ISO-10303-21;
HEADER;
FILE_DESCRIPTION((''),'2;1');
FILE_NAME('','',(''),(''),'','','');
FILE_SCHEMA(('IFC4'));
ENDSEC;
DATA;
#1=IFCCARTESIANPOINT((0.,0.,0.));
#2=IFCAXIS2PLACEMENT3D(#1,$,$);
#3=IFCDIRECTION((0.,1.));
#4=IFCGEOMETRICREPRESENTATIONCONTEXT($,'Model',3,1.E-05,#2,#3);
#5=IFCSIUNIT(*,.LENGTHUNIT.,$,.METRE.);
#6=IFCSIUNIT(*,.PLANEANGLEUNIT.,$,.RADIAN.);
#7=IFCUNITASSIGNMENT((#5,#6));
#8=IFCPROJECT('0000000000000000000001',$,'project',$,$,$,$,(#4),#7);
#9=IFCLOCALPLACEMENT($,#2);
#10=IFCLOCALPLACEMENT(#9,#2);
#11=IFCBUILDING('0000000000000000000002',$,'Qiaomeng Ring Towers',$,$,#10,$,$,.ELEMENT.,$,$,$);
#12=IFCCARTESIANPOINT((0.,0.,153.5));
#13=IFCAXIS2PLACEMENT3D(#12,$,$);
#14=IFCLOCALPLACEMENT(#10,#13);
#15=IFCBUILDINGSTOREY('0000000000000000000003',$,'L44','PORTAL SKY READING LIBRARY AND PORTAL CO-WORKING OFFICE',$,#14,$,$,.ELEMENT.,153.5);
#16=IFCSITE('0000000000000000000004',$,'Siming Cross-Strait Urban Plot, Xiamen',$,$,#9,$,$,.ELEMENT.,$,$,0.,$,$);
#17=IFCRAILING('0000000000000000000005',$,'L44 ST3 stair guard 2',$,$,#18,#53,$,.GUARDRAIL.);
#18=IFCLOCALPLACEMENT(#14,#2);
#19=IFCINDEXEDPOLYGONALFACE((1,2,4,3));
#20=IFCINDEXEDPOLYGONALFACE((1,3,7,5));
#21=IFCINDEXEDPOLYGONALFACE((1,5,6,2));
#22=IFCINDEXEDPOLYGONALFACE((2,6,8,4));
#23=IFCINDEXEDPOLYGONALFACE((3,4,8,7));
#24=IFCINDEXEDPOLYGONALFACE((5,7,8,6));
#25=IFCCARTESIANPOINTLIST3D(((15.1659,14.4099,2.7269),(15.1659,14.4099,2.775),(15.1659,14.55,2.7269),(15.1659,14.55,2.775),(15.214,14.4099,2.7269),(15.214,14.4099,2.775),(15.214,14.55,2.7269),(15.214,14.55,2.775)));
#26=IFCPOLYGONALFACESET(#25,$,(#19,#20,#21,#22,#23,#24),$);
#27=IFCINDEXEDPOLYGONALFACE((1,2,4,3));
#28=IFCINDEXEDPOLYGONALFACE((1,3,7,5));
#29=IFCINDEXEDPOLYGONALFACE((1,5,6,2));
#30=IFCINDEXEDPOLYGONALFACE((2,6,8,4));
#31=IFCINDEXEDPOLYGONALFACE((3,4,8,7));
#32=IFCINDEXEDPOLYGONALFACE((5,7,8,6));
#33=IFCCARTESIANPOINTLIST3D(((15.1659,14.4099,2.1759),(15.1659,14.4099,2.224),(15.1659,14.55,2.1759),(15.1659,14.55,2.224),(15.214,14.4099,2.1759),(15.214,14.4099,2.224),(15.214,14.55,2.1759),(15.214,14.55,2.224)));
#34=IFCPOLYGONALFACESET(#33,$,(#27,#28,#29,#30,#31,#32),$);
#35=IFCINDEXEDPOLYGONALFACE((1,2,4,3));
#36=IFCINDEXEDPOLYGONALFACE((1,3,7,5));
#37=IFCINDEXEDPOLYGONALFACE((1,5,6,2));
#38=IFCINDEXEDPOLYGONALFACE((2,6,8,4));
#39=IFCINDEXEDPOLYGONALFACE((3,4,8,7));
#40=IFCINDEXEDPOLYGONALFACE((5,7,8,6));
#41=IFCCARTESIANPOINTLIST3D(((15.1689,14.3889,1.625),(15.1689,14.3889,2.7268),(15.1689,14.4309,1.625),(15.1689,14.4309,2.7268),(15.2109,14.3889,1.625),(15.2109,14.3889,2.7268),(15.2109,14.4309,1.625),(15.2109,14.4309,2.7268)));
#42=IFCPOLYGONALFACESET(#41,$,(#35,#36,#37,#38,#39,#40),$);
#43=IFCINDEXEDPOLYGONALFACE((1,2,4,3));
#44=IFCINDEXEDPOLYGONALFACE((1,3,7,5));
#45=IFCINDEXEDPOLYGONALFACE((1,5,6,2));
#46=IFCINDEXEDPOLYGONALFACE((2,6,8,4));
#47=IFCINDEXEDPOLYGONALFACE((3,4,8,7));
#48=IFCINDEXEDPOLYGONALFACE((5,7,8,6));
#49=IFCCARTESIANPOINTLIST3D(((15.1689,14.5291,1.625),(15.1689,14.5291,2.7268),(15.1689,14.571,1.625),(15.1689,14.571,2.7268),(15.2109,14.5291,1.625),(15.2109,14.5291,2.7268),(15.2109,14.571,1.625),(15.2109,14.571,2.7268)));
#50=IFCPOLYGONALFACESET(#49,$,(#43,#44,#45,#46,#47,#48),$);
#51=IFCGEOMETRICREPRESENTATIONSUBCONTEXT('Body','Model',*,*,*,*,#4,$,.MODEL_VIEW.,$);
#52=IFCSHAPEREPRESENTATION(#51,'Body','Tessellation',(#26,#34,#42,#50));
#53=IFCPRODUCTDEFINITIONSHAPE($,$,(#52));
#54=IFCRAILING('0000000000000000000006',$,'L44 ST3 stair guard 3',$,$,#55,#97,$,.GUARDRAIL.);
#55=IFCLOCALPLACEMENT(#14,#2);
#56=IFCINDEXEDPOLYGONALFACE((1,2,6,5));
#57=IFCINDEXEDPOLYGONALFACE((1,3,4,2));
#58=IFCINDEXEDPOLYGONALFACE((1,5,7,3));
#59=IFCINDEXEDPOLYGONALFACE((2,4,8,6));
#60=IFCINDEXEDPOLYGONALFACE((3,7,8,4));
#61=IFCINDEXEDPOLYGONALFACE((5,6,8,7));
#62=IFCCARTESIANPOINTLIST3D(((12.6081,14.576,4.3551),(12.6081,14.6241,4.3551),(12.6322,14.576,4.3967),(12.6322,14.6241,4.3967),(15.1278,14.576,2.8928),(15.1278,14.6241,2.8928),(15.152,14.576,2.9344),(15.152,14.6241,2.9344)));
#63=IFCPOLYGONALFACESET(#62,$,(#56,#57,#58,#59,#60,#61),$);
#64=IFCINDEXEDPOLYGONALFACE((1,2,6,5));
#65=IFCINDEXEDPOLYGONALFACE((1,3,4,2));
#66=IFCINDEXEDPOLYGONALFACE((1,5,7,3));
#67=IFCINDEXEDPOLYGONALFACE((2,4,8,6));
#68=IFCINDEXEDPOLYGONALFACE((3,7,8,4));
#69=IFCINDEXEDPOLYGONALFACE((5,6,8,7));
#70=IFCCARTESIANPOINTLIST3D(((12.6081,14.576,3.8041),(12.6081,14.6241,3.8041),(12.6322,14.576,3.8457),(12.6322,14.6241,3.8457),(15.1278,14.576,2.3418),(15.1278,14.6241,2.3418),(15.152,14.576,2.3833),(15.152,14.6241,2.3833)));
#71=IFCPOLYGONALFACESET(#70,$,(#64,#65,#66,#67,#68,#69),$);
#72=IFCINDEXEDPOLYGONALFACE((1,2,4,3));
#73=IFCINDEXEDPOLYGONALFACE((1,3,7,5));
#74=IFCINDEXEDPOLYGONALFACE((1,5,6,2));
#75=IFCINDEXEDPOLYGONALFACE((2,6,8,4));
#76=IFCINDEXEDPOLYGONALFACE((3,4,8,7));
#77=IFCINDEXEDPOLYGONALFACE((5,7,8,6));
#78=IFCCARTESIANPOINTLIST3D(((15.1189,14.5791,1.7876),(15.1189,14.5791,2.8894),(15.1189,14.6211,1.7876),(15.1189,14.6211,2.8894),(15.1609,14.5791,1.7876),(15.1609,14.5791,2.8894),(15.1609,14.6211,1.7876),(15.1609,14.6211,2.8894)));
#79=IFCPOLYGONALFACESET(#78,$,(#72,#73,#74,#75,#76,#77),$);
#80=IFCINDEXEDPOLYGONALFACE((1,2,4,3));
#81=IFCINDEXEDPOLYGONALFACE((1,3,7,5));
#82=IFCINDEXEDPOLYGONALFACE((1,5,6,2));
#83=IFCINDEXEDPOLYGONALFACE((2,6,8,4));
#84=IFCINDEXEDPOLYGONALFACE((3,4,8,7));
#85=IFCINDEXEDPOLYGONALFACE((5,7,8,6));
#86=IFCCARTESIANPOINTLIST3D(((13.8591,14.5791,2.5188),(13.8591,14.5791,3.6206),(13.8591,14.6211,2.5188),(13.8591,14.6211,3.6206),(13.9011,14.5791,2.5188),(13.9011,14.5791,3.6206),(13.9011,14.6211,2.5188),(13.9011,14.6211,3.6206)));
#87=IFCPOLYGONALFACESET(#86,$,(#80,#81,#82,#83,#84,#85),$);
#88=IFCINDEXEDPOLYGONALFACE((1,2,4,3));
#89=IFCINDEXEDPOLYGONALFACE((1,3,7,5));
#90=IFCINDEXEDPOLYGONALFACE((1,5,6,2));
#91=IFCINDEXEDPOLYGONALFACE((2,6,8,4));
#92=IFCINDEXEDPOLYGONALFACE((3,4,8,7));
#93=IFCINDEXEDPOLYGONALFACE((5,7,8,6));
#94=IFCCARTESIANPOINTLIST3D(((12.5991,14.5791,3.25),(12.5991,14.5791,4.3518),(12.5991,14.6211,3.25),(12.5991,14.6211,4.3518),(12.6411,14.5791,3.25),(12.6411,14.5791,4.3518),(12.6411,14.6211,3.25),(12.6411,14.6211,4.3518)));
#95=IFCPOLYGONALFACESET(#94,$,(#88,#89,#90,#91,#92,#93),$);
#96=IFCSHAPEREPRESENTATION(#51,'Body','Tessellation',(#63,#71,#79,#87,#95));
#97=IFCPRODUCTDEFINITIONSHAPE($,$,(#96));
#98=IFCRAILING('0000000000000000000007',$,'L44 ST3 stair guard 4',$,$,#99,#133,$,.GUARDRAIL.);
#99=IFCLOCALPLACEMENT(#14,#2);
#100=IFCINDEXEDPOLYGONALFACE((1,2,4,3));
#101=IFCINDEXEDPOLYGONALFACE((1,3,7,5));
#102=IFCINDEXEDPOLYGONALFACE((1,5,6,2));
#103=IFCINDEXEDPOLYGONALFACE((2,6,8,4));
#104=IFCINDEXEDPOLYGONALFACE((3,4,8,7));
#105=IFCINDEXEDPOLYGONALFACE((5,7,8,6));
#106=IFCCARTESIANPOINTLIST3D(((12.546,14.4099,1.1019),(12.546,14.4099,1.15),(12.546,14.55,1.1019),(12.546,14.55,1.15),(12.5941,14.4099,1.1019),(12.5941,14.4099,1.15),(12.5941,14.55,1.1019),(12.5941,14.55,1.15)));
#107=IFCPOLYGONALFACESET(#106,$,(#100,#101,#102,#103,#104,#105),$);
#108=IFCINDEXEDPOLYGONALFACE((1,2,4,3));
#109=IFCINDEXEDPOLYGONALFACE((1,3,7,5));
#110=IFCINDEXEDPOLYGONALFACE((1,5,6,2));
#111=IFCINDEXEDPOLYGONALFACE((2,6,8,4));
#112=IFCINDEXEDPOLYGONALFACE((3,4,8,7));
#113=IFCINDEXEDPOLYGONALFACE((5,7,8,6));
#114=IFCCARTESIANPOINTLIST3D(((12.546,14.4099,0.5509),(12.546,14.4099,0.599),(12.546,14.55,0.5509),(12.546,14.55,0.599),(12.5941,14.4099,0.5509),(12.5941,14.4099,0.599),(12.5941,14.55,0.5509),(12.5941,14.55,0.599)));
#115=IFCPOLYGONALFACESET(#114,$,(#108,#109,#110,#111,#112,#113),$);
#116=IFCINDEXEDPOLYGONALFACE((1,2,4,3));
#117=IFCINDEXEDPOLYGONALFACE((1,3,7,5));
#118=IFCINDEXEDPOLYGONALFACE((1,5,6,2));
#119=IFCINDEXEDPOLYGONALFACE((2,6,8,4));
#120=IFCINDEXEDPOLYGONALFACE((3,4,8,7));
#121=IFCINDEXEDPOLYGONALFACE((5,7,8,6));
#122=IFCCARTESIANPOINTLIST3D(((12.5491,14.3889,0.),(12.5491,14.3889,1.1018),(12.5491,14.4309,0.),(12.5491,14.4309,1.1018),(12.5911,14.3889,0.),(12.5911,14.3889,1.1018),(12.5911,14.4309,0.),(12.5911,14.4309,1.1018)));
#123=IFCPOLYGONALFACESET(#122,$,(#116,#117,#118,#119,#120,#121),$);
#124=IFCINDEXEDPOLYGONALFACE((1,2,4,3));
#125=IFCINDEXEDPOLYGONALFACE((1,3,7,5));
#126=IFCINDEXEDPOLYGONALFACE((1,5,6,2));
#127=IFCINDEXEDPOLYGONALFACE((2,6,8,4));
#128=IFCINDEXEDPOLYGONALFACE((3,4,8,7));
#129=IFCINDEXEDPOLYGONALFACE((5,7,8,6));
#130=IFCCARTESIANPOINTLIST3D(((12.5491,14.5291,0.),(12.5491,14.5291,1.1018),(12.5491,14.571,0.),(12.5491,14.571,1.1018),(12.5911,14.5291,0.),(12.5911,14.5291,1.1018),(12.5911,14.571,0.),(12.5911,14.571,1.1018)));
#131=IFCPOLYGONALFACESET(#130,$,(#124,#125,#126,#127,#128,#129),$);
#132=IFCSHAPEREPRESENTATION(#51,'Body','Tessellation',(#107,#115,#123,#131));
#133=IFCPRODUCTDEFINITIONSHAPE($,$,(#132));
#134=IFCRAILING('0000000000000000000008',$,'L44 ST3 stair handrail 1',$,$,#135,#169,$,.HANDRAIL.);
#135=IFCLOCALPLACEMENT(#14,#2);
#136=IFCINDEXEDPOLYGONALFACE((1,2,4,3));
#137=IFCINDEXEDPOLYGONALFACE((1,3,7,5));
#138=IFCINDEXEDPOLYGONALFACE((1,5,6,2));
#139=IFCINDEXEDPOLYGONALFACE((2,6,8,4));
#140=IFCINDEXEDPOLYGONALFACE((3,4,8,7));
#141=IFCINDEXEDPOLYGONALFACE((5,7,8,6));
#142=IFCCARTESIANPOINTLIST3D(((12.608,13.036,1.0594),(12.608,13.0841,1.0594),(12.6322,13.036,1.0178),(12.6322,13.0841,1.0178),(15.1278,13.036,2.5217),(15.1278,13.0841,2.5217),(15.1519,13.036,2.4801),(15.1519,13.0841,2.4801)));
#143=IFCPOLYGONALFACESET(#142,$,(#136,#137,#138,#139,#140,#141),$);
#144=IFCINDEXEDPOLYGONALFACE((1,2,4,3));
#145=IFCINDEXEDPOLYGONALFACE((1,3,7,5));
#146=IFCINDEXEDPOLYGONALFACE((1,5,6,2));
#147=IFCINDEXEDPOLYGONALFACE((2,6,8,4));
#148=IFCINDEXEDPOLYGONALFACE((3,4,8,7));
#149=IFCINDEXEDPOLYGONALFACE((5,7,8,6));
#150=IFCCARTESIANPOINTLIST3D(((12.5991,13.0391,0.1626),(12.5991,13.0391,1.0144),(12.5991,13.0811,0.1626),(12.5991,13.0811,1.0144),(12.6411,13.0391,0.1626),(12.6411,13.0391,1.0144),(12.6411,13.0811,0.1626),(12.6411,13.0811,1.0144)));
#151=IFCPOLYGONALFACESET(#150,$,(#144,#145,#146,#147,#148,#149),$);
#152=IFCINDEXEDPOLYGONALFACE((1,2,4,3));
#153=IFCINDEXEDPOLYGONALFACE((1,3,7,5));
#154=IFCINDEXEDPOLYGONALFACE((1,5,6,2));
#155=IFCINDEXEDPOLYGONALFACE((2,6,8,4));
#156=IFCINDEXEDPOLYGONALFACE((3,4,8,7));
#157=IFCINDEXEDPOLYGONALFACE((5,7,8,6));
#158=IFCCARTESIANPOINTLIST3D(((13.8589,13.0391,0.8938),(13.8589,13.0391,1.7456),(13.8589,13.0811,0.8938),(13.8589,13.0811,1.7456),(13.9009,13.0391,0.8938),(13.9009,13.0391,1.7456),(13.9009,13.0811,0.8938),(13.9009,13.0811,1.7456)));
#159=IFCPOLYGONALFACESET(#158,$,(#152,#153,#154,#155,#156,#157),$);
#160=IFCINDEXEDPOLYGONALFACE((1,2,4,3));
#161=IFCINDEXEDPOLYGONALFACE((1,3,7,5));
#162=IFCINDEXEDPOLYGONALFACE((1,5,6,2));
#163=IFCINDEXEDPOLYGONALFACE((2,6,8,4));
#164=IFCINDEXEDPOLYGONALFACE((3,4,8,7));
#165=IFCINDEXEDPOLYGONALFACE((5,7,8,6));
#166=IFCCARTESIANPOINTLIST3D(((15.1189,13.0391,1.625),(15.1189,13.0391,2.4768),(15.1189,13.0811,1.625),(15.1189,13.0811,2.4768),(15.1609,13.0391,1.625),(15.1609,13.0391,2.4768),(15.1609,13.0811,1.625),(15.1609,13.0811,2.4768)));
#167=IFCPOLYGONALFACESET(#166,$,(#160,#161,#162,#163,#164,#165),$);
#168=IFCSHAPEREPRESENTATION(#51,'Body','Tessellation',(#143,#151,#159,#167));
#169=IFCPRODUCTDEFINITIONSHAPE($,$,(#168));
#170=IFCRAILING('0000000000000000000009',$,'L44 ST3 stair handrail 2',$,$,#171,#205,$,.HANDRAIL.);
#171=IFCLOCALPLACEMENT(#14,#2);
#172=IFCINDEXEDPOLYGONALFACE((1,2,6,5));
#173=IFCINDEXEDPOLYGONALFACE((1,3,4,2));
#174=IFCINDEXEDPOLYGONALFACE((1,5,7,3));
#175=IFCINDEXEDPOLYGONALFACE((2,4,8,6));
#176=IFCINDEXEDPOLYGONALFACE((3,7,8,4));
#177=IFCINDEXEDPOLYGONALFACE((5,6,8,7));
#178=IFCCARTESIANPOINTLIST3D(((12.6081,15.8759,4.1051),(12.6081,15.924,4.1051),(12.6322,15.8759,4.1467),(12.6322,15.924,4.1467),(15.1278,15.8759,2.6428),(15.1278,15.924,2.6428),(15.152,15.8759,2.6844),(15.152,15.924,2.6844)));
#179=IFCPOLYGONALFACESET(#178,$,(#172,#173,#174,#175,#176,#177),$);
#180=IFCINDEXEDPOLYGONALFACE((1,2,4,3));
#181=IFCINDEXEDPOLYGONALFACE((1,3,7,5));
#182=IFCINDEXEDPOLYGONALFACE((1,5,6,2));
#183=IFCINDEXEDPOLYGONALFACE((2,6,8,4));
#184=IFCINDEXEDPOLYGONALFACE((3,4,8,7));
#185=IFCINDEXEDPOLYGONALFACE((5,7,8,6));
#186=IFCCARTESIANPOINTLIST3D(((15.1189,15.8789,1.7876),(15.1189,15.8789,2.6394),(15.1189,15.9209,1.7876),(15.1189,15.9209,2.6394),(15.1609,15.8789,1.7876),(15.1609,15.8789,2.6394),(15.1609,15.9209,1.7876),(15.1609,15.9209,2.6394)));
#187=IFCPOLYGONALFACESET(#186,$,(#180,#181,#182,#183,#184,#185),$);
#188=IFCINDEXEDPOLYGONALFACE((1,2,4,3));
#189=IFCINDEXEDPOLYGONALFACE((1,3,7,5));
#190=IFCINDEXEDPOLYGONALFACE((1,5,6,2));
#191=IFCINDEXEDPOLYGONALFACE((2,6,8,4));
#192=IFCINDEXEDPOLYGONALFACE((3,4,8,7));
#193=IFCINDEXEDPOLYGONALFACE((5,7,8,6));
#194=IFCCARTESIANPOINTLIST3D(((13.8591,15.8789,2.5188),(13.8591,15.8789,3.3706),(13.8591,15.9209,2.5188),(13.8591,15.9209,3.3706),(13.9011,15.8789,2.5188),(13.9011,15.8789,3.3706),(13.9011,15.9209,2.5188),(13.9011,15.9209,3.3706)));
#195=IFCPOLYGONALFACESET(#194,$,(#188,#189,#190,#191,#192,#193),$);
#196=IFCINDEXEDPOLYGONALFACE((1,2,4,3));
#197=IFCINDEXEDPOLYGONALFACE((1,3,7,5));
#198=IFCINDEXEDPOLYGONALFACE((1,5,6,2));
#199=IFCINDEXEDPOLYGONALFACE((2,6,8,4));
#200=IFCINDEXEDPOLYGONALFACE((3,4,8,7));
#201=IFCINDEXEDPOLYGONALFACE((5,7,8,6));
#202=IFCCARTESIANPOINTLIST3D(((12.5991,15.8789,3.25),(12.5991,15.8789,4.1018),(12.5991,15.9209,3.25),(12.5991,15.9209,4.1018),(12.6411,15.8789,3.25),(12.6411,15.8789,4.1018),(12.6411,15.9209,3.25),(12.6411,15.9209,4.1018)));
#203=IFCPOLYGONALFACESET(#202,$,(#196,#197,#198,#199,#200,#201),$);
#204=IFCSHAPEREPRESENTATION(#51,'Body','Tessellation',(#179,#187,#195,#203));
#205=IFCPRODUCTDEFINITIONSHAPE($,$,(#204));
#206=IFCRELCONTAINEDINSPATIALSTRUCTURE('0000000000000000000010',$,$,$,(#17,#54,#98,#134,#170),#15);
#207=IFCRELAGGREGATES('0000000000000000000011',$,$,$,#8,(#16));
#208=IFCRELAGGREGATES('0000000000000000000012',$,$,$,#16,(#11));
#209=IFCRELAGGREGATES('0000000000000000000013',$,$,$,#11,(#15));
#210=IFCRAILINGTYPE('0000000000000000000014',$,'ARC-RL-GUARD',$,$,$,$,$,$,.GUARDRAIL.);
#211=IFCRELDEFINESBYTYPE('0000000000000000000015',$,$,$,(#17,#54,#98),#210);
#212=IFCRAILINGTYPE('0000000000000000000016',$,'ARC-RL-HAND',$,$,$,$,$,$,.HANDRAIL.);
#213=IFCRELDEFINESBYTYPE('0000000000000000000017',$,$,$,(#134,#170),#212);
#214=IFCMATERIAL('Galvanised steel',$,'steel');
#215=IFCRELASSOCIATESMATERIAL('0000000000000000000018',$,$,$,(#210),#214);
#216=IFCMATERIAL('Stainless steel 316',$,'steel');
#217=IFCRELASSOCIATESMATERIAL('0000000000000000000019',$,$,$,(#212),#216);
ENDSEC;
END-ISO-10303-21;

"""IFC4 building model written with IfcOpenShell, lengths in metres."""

from ifc_helpers import new_model, si_unit, direction, frame, origin, origin_2d, place, context, subcontext, project, spatial, rectangle, extrude, material, type_object, element, save


model = new_model("IFC4")

# Units and contexts
model_context = context("Model", 3, precision=1e-05, world=origin(), true_north=direction((0.0, 1.0)))
body_context = subcontext(model_context, "Body", "Model", "MODEL_VIEW")
ifc_project = project(units=[si_unit("LENGTHUNIT", "METRE"), si_unit("PLANEANGLEUNIT", "RADIAN")], contexts=[model_context])

# Site, building, storey
site_placement = place(None, origin())
site = spatial("IfcSite", under=ifc_project, at=site_placement, Name="Siming Cross-Strait Urban Plot, Xiamen", CompositionType="ELEMENT", RefElevation=0.0)
building_placement = place(site_placement, origin())
building = spatial("IfcBuilding", under=site, at=building_placement, Name="Qiaomeng Ring Towers", CompositionType="ELEMENT")
storey_placement = place(building_placement, frame((0.0, 0.0, 153.5)))
storey = spatial("IfcBuildingStorey", under=building, at=storey_placement, Name="L44", Description="PORTAL SKY READING LIBRARY AND PORTAL CO-WORKING OFFICE", CompositionType="ELEMENT", Elevation=153.5)

# Shared definitions
ifc_material_1 = material(Name="Galvanised steel", Category="steel")

# Railings
railing_type_1 = type_object("IfcRailingType", Name="ARC-RL-GUARD", PredefinedType="GUARDRAIL", material=ifc_material_1)
railing_1_placement = place(storey_placement, frame((15.1899, 14.4099, 1.625)))
element("IfcRailing", 1, at=railing_1_placement, inside=storey, type_object=railing_type_1, Name="L44 ST3 stair guard 2", PredefinedType="GUARDRAIL", context=body_context, shape_type="SweptSolid", body=[
    extrude(rectangle(XDim=0.0481, YDim=0.0481, at=origin_2d()), frame((0.0, 0.0, 1.126), z_axis=(0.0, 1.0, 0.0), x_axis=(-1.0, 0.0, 0.0)), (0.0, 0.0, 1.0), 0.1401),
    extrude(rectangle(XDim=0.0481, YDim=0.0481, at=origin_2d()), frame((0.0, 0.0, 0.575), z_axis=(0.0, 1.0, 0.0), x_axis=(-1.0, 0.0, 0.0)), (0.0, 0.0, 1.0), 0.1401),
    extrude(rectangle(XDim=0.042, YDim=0.042, at=origin_2d()), origin(), (0.0, 0.0, 1.0), 1.1018),
    extrude(rectangle(XDim=0.042, YDim=0.042, at=origin_2d()), frame((0.0, 0.1401, 0.0)), (0.0, 0.0, 1.0), 1.1018),
])
railing_2_placement = place(storey_placement, frame((15.1399, 14.6001, 1.7876)))
element("IfcRailing", 2, at=railing_2_placement, inside=storey, type_object=railing_type_1, Name="L44 ST3 stair guard 3", PredefinedType="GUARDRAIL", context=body_context, shape_type="SweptSolid", body=[
    extrude(rectangle(XDim=0.0481, YDim=0.0481, at=origin_2d()), frame((0.0, 0.0, 1.126), z_axis=(-0.864892, 0.0, 0.501958), x_axis=(0.0, -1.0, 0.0)), (0.0, 0.0, 1.0), 2.9133),
    extrude(rectangle(XDim=0.0481, YDim=0.0481, at=origin_2d()), frame((0.0, 0.0, 0.575), z_axis=(-0.864892, 0.0, 0.501958), x_axis=(0.0, -1.0, 0.0)), (0.0, 0.0, 1.0), 2.9133),
    extrude(rectangle(XDim=0.042, YDim=0.042, at=origin_2d()), origin(), (0.0, 0.0, 1.0), 1.1018),
    extrude(rectangle(XDim=0.042, YDim=0.042, at=origin_2d()), frame((-1.2598, 0.0, 0.7312)), (0.0, 0.0, 1.0), 1.1018),
    extrude(rectangle(XDim=0.042, YDim=0.042, at=origin_2d()), frame((-2.5198, 0.0, 1.4624)), (0.0, 0.0, 1.0), 1.1018),
])
railing_3_placement = place(storey_placement, frame((12.5701, 14.4099, 0.0)))
element("IfcRailing", 3, at=railing_3_placement, inside=storey, type_object=railing_type_1, Name="L44 ST3 stair guard 4", PredefinedType="GUARDRAIL", context=body_context, shape_type="SweptSolid", body=[
    extrude(rectangle(XDim=0.0481, YDim=0.0481, at=origin_2d()), frame((0.0, 0.0, 1.126), z_axis=(0.0, 1.0, 0.0), x_axis=(-1.0, 0.0, 0.0)), (0.0, 0.0, 1.0), 0.1401),
    extrude(rectangle(XDim=0.0481, YDim=0.0481, at=origin_2d()), frame((0.0, 0.0, 0.575), z_axis=(0.0, 1.0, 0.0), x_axis=(-1.0, 0.0, 0.0)), (0.0, 0.0, 1.0), 0.1401),
    extrude(rectangle(XDim=0.042, YDim=0.042, at=origin_2d()), origin(), (0.0, 0.0, 1.0), 1.1018),
    extrude(rectangle(XDim=0.042, YDim=0.042, at=origin_2d()), frame((0.0, 0.1401, 0.0)), (0.0, 0.0, 1.0), 1.1018),
])
ifc_material_2 = material(Name="Stainless steel 316", Category="steel")
railing_type_2 = type_object("IfcRailingType", Name="ARC-RL-HAND", PredefinedType="HANDRAIL", material=ifc_material_2)
railing_4_placement = place(storey_placement, frame((12.6201, 13.0601, 0.1626)))
element("IfcRailing", 4, at=railing_4_placement, inside=storey, type_object=railing_type_2, Name="L44 ST3 stair handrail 1", PredefinedType="HANDRAIL", context=body_context, shape_type="SweptSolid", body=[
    extrude(rectangle(XDim=0.0481, YDim=0.0481, at=origin_2d()), frame((0.0, 0.0, 0.876), z_axis=(0.864892, 0.0, 0.501958), x_axis=(0.0, 1.0, 0.0)), (0.0, 0.0, 1.0), 2.9133),
    extrude(rectangle(XDim=0.042, YDim=0.042, at=origin_2d()), origin(), (0.0, 0.0, 1.0), 0.8518),
    extrude(rectangle(XDim=0.042, YDim=0.042, at=origin_2d()), frame((1.2598, 0.0, 0.7312)), (0.0, 0.0, 1.0), 0.8518),
    extrude(rectangle(XDim=0.042, YDim=0.042, at=origin_2d()), frame((2.5198, 0.0, 1.4624)), (0.0, 0.0, 1.0), 0.8518),
])
railing_5_placement = place(storey_placement, frame((15.1399, 15.8999, 1.7876)))
element("IfcRailing", 5, at=railing_5_placement, inside=storey, type_object=railing_type_2, Name="L44 ST3 stair handrail 2", PredefinedType="HANDRAIL", context=body_context, shape_type="SweptSolid", body=[
    extrude(rectangle(XDim=0.0481, YDim=0.0481, at=origin_2d()), frame((0.0, 0.0, 0.876), z_axis=(-0.864892, 0.0, 0.501958), x_axis=(0.0, -1.0, 0.0)), (0.0, 0.0, 1.0), 2.9133),
    extrude(rectangle(XDim=0.042, YDim=0.042, at=origin_2d()), origin(), (0.0, 0.0, 1.0), 0.8518),
    extrude(rectangle(XDim=0.042, YDim=0.042, at=origin_2d()), frame((-1.2598, 0.0, 0.7312)), (0.0, 0.0, 1.0), 0.8518),
    extrude(rectangle(XDim=0.042, YDim=0.042, at=origin_2d()), frame((-2.5198, 0.0, 1.4624)), (0.0, 0.0, 1.0), 0.8518),
])

save(model, "model.ifc")
